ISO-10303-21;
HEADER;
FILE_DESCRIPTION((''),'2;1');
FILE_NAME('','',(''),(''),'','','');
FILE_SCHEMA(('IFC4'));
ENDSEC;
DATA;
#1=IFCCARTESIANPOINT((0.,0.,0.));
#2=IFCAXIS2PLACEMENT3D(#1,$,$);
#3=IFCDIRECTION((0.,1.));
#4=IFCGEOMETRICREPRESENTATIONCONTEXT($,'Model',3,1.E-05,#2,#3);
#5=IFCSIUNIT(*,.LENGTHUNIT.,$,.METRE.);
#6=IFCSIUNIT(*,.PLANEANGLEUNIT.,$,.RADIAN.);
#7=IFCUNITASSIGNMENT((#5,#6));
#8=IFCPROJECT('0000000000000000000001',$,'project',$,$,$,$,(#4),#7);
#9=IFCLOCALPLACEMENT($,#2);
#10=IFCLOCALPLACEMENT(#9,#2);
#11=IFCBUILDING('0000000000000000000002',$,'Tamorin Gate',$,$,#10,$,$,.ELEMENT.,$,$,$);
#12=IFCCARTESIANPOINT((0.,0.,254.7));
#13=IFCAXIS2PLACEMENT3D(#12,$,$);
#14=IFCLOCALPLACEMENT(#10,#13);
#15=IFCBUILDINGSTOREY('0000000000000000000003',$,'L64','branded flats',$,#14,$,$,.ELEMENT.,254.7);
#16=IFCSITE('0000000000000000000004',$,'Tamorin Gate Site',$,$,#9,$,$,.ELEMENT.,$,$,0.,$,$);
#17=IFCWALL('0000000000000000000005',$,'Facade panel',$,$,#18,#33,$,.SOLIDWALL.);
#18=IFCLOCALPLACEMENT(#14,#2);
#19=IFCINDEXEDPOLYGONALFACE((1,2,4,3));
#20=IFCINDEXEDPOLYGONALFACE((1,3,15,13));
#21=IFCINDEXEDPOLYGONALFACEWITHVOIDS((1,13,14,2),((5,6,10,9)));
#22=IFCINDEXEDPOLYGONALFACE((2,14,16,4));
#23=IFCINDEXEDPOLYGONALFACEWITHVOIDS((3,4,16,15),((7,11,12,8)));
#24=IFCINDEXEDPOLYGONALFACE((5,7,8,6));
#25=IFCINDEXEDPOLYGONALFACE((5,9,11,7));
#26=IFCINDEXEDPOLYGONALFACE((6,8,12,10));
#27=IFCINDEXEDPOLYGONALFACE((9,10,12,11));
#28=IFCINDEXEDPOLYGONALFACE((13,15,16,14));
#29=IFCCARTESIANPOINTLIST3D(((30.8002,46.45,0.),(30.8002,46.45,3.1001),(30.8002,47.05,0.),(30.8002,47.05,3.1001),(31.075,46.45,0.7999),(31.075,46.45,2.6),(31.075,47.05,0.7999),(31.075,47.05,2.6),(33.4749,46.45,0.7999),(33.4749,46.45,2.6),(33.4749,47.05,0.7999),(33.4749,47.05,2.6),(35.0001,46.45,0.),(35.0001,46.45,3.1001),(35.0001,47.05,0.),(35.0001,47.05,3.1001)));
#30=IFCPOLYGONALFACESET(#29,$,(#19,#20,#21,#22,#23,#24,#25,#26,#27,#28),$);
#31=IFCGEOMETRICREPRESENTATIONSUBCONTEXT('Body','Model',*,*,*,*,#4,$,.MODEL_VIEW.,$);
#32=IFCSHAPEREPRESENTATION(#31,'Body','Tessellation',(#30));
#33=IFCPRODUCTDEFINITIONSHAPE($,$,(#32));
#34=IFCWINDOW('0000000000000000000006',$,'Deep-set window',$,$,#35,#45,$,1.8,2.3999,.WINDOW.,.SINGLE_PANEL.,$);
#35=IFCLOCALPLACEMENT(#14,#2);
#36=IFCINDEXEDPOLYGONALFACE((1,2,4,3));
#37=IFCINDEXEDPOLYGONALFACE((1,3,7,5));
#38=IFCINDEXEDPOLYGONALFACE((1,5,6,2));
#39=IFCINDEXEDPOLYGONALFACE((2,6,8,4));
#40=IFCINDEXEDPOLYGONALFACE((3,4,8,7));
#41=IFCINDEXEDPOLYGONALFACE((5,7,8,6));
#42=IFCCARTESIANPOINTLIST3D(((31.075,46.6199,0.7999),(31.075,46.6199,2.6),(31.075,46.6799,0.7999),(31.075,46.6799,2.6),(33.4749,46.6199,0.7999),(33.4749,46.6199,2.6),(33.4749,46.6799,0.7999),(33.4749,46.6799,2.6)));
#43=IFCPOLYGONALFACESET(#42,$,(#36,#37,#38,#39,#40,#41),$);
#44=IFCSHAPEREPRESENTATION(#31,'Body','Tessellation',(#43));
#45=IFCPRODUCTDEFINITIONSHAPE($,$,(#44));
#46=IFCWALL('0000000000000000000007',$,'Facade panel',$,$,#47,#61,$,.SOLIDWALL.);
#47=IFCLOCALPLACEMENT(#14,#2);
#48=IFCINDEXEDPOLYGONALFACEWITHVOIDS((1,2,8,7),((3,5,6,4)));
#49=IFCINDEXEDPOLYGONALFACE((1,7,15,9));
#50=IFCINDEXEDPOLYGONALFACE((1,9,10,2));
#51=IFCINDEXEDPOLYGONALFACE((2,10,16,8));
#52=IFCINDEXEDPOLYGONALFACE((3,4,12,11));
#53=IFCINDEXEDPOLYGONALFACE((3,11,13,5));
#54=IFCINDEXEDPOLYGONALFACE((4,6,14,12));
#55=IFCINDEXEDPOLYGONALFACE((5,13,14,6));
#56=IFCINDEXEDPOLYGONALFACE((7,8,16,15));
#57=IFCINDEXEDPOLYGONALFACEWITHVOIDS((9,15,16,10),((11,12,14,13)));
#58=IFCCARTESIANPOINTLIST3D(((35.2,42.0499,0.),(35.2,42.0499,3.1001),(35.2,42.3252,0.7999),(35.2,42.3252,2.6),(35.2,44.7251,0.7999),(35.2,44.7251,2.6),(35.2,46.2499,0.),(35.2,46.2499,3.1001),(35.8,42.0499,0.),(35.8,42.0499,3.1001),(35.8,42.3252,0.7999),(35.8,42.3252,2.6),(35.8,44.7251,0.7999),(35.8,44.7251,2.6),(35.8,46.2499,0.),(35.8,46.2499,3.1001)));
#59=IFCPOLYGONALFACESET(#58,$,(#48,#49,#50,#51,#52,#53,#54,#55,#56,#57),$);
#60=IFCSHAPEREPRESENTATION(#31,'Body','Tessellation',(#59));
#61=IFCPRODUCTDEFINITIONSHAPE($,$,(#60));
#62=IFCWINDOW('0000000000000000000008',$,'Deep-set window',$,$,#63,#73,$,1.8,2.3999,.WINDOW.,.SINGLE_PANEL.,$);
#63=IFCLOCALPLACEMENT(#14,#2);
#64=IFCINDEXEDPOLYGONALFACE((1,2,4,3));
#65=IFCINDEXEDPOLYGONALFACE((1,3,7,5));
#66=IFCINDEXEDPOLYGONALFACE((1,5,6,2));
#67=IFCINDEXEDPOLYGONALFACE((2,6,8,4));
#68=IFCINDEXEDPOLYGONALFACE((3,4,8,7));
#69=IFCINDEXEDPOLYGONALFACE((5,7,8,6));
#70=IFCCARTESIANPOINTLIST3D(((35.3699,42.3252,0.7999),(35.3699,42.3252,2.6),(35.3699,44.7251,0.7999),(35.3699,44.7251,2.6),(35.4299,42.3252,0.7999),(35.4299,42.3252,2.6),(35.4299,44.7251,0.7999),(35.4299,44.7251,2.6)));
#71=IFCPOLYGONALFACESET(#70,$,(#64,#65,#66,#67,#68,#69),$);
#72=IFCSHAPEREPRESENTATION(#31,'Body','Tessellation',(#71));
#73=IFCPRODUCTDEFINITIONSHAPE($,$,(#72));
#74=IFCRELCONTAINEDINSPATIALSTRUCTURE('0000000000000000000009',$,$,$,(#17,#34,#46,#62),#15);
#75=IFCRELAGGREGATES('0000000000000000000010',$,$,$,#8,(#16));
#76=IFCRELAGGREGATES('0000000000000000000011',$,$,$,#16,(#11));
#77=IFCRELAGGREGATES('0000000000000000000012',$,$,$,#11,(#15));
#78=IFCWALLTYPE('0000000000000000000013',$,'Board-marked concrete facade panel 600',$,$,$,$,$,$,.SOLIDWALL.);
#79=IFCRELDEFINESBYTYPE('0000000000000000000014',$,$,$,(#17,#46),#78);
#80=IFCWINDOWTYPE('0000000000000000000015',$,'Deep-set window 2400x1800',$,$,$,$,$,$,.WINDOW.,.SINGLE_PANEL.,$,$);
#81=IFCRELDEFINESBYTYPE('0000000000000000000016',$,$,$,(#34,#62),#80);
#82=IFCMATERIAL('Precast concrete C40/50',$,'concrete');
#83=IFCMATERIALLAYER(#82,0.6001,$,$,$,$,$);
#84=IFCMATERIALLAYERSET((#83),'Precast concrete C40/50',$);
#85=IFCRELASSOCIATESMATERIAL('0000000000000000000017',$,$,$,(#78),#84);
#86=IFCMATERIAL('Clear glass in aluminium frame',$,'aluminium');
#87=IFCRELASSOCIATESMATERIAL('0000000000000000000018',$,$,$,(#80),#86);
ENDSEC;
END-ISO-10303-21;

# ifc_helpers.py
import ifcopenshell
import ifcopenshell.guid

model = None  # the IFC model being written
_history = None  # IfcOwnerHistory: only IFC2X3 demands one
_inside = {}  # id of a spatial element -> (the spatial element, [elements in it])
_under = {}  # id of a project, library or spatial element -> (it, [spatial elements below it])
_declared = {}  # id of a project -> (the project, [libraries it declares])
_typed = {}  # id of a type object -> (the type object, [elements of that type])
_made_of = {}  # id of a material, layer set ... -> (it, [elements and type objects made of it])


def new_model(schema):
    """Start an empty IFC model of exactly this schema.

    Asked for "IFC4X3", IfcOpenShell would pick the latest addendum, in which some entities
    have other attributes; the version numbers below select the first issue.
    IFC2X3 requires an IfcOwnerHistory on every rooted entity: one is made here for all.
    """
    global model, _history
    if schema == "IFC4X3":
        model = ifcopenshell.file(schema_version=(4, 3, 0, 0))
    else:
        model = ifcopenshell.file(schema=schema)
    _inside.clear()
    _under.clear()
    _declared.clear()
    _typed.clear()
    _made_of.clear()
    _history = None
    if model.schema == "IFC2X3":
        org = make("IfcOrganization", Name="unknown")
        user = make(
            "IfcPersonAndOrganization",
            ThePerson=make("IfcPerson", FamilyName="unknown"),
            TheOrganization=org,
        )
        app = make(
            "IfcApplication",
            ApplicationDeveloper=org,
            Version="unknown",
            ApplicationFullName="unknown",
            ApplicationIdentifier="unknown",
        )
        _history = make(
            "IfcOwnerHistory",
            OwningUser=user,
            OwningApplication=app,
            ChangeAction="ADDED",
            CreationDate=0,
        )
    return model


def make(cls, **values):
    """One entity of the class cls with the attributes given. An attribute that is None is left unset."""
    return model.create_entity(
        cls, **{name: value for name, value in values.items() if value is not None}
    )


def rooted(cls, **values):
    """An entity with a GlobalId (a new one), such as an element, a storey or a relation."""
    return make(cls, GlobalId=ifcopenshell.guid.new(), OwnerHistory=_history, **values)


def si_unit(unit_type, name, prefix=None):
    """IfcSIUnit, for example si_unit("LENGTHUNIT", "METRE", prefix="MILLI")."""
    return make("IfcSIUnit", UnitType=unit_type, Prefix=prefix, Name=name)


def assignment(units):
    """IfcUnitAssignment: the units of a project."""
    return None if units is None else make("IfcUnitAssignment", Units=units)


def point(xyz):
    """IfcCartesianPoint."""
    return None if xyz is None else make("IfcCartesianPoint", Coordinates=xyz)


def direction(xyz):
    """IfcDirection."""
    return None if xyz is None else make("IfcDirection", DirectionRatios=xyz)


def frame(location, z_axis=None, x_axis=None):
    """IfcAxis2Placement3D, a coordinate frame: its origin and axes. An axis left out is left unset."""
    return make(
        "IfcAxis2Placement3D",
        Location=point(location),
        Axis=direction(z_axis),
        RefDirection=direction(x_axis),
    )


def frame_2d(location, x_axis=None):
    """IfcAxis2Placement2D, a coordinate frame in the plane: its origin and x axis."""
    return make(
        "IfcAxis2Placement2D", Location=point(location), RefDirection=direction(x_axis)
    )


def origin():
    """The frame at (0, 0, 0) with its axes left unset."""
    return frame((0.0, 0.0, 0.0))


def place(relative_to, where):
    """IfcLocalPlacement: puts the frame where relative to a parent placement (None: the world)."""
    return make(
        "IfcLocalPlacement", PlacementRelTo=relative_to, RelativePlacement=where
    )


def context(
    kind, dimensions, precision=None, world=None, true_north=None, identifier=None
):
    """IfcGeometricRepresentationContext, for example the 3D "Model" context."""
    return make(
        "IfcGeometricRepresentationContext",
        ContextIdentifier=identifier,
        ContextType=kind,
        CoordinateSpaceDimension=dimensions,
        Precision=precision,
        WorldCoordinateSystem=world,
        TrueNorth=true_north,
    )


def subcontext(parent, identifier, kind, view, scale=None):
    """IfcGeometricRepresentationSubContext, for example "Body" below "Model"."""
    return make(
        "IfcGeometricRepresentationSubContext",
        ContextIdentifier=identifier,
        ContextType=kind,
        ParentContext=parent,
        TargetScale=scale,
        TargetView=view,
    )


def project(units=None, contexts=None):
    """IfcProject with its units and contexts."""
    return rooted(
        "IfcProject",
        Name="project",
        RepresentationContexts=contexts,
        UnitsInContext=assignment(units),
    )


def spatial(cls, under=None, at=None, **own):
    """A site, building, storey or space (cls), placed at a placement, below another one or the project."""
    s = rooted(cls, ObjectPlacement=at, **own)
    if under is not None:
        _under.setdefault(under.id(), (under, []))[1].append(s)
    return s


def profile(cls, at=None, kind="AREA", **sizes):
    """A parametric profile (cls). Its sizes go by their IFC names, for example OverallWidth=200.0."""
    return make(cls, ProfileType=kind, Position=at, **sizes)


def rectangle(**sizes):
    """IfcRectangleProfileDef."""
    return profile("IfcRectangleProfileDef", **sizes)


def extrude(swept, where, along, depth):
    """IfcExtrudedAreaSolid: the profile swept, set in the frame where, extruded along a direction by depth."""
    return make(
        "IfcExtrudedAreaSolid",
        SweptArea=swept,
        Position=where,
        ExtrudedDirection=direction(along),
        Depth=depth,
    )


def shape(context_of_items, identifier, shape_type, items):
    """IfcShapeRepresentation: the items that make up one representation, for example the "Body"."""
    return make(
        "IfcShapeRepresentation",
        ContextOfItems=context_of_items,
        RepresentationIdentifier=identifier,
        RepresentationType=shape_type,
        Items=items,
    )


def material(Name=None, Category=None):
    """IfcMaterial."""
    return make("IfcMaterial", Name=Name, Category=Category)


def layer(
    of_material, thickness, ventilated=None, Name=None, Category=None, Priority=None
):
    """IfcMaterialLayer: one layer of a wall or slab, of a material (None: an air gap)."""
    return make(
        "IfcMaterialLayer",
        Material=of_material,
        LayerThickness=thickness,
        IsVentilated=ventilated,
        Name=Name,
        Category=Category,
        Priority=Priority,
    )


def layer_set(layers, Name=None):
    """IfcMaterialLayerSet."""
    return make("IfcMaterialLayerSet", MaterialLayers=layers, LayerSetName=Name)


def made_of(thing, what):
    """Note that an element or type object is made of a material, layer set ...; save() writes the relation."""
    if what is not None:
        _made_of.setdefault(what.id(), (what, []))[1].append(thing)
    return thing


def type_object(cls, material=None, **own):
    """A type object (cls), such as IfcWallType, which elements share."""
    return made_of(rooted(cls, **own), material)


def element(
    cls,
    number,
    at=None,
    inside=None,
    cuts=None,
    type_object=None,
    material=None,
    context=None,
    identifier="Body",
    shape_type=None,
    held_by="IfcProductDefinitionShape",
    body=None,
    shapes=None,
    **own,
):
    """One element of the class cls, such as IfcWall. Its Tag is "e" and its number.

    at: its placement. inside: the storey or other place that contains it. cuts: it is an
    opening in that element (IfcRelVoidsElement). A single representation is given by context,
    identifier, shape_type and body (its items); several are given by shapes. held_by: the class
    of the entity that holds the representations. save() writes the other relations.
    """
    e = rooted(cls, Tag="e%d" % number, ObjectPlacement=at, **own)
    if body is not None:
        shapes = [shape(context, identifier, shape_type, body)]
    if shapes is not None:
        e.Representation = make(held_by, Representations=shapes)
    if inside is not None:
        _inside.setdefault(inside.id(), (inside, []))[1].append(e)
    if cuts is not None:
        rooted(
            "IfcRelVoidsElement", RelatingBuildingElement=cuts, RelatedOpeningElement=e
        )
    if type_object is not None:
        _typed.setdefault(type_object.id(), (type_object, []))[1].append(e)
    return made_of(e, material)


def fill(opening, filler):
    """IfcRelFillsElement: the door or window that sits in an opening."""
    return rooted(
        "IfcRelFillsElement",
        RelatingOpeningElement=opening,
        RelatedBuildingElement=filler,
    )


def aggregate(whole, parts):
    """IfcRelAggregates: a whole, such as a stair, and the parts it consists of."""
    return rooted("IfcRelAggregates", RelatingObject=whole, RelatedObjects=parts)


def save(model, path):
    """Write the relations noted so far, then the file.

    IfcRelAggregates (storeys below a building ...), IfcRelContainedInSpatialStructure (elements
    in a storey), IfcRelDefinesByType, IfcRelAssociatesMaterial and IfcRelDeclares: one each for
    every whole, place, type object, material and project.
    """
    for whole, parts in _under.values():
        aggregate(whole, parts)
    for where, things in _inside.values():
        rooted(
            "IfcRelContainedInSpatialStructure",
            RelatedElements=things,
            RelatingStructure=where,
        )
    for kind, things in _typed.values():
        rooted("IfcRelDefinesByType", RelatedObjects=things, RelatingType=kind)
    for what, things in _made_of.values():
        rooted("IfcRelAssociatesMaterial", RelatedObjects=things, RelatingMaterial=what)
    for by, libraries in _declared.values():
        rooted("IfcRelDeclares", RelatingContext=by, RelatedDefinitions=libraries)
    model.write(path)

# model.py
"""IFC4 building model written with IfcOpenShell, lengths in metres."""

from ifc_helpers import new_model, si_unit, direction, frame, frame_2d, origin, place, context, subcontext, project, spatial, rectangle, extrude, material, layer, layer_set, type_object, element, fill, save


model = new_model("IFC4")

# Units and contexts
model_context = context("Model", 3, precision=1e-05, world=origin(), true_north=direction((0.0, 1.0)))
body_context = subcontext(model_context, "Body", "Model", "MODEL_VIEW")
ifc_project = project(units=[si_unit("LENGTHUNIT", "METRE"), si_unit("PLANEANGLEUNIT", "RADIAN")], contexts=[model_context])

# Site, building, storey
site_placement = place(None, origin())
site = spatial("IfcSite", under=ifc_project, at=site_placement, Name="Tamorin Gate Site", CompositionType="ELEMENT", RefElevation=0.0)
building_placement = place(site_placement, origin())
building = spatial("IfcBuilding", under=site, at=building_placement, Name="Tamorin Gate", CompositionType="ELEMENT")
storey_placement = place(building_placement, frame((0.0, 0.0, 254.7)))
storey = spatial("IfcBuildingStorey", under=building, at=storey_placement, Name="L64", Description="branded flats", CompositionType="ELEMENT", Elevation=254.7)

# Shared definitions
ifc_material_1 = material(Name="Precast concrete C40/50", Category="concrete")
ifc_layer_1 = layer(ifc_material_1, 0.6001)
ifc_layer_set_1 = layer_set([ifc_layer_1], Name="Precast concrete C40/50")
wall_type_1 = type_object("IfcWallType", Name="Board-marked concrete facade panel 600", PredefinedType="SOLIDWALL", material=ifc_layer_set_1)
ifc_material_2 = material(Name="Clear glass in aluminium frame", Category="aluminium")
window_type = type_object("IfcWindowType", Name="Deep-set window 2400x1800", PartitioningType="SINGLE_PANEL", PredefinedType="WINDOW", material=ifc_material_2)

# Walls, openings, windows
wall_1_placement = place(storey_placement, frame((30.8, 46.75, 0.0), z_axis=(0.0, 0.0, 1.0), x_axis=(1.0, 0.0, 0.0)))
wall_1 = element("IfcWall", 1, at=wall_1_placement, inside=storey, type_object=wall_type_1, Name="Facade panel", PredefinedType="SOLIDWALL", context=body_context, shape_type="SweptSolid", body=[
    extrude(rectangle(XDim=4.2, YDim=0.6001, at=frame_2d((2.1001, 0.0))), origin(), (0.0, 0.0, 1.0), 3.1001),
])
opening_1_placement = place(wall_1_placement, frame((0.2749, 0.0, 0.8)))
opening_1 = element("IfcOpeningElement", 2, at=opening_1_placement, cuts=wall_1, PredefinedType="OPENING", context=body_context, shape_type="SweptSolid", body=[
    extrude(rectangle(XDim=2.3999, YDim=1.8, at=frame_2d((1.2, 0.8999))), frame((0.0, 0.3101, 0.0), z_axis=(0.0, -1.0, 0.0), x_axis=(1.0, 0.0, 0.0)), (0.0, 0.0, 1.0), 0.6201),
])
window_1_placement = place(opening_1_placement, origin())
window_1 = element("IfcWindow", 3, at=window_1_placement, inside=storey, type_object=window_type, Name="Deep-set window", OverallHeight=1.8, OverallWidth=2.3999, PartitioningType="SINGLE_PANEL", PredefinedType="WINDOW", context=body_context, shape_type="SweptSolid", body=[
    extrude(rectangle(XDim=2.3999, YDim=1.8, at=frame_2d((1.2, 0.8999))), frame((0.0, -0.0701, 0.0), z_axis=(0.0, -1.0, 0.0), x_axis=(1.0, 0.0, 0.0)), (0.0, 0.0, 1.0), 0.0601),
])
fill(opening_1, window_1)
wall_2_placement = place(storey_placement, frame((35.5, 46.25, 0.0), z_axis=(0.0, 0.0, 1.0), x_axis=(0.0, -1.0, 0.0)))
wall_2 = element("IfcWall", 4, at=wall_2_placement, inside=storey, type_object=wall_type_1, Name="Facade panel", PredefinedType="SOLIDWALL", context=body_context, shape_type="SweptSolid", body=[
    extrude(rectangle(XDim=4.2, YDim=0.6001, at=frame_2d((2.1001, 0.0))), origin(), (0.0, 0.0, 1.0), 3.1001),
])
opening_2_placement = place(wall_2_placement, frame((1.5249, 0.0, 0.8)))
opening_2 = element("IfcOpeningElement", 5, at=opening_2_placement, cuts=wall_2, PredefinedType="OPENING", context=body_context, shape_type="SweptSolid", body=[
    extrude(rectangle(XDim=2.3999, YDim=1.8, at=frame_2d((1.2, 0.8999))), frame((0.0, 0.3101, 0.0), z_axis=(0.0, -1.0, 0.0), x_axis=(1.0, 0.0, 0.0)), (0.0, 0.0, 1.0), 0.6201),
])
window_2_placement = place(opening_2_placement, origin())
window_2 = element("IfcWindow", 6, at=window_2_placement, inside=storey, type_object=window_type, Name="Deep-set window", OverallHeight=1.8, OverallWidth=2.3999, PartitioningType="SINGLE_PANEL", PredefinedType="WINDOW", context=body_context, shape_type="SweptSolid", body=[
    extrude(rectangle(XDim=2.3999, YDim=1.8, at=frame_2d((1.2, 0.8999))), frame((0.0, -0.0701, 0.0), z_axis=(0.0, -1.0, 0.0), x_axis=(1.0, 0.0, 0.0)), (0.0, 0.0, 1.0), 0.0601),
])
fill(opening_2, window_2)

save(model, "model.ifc")
